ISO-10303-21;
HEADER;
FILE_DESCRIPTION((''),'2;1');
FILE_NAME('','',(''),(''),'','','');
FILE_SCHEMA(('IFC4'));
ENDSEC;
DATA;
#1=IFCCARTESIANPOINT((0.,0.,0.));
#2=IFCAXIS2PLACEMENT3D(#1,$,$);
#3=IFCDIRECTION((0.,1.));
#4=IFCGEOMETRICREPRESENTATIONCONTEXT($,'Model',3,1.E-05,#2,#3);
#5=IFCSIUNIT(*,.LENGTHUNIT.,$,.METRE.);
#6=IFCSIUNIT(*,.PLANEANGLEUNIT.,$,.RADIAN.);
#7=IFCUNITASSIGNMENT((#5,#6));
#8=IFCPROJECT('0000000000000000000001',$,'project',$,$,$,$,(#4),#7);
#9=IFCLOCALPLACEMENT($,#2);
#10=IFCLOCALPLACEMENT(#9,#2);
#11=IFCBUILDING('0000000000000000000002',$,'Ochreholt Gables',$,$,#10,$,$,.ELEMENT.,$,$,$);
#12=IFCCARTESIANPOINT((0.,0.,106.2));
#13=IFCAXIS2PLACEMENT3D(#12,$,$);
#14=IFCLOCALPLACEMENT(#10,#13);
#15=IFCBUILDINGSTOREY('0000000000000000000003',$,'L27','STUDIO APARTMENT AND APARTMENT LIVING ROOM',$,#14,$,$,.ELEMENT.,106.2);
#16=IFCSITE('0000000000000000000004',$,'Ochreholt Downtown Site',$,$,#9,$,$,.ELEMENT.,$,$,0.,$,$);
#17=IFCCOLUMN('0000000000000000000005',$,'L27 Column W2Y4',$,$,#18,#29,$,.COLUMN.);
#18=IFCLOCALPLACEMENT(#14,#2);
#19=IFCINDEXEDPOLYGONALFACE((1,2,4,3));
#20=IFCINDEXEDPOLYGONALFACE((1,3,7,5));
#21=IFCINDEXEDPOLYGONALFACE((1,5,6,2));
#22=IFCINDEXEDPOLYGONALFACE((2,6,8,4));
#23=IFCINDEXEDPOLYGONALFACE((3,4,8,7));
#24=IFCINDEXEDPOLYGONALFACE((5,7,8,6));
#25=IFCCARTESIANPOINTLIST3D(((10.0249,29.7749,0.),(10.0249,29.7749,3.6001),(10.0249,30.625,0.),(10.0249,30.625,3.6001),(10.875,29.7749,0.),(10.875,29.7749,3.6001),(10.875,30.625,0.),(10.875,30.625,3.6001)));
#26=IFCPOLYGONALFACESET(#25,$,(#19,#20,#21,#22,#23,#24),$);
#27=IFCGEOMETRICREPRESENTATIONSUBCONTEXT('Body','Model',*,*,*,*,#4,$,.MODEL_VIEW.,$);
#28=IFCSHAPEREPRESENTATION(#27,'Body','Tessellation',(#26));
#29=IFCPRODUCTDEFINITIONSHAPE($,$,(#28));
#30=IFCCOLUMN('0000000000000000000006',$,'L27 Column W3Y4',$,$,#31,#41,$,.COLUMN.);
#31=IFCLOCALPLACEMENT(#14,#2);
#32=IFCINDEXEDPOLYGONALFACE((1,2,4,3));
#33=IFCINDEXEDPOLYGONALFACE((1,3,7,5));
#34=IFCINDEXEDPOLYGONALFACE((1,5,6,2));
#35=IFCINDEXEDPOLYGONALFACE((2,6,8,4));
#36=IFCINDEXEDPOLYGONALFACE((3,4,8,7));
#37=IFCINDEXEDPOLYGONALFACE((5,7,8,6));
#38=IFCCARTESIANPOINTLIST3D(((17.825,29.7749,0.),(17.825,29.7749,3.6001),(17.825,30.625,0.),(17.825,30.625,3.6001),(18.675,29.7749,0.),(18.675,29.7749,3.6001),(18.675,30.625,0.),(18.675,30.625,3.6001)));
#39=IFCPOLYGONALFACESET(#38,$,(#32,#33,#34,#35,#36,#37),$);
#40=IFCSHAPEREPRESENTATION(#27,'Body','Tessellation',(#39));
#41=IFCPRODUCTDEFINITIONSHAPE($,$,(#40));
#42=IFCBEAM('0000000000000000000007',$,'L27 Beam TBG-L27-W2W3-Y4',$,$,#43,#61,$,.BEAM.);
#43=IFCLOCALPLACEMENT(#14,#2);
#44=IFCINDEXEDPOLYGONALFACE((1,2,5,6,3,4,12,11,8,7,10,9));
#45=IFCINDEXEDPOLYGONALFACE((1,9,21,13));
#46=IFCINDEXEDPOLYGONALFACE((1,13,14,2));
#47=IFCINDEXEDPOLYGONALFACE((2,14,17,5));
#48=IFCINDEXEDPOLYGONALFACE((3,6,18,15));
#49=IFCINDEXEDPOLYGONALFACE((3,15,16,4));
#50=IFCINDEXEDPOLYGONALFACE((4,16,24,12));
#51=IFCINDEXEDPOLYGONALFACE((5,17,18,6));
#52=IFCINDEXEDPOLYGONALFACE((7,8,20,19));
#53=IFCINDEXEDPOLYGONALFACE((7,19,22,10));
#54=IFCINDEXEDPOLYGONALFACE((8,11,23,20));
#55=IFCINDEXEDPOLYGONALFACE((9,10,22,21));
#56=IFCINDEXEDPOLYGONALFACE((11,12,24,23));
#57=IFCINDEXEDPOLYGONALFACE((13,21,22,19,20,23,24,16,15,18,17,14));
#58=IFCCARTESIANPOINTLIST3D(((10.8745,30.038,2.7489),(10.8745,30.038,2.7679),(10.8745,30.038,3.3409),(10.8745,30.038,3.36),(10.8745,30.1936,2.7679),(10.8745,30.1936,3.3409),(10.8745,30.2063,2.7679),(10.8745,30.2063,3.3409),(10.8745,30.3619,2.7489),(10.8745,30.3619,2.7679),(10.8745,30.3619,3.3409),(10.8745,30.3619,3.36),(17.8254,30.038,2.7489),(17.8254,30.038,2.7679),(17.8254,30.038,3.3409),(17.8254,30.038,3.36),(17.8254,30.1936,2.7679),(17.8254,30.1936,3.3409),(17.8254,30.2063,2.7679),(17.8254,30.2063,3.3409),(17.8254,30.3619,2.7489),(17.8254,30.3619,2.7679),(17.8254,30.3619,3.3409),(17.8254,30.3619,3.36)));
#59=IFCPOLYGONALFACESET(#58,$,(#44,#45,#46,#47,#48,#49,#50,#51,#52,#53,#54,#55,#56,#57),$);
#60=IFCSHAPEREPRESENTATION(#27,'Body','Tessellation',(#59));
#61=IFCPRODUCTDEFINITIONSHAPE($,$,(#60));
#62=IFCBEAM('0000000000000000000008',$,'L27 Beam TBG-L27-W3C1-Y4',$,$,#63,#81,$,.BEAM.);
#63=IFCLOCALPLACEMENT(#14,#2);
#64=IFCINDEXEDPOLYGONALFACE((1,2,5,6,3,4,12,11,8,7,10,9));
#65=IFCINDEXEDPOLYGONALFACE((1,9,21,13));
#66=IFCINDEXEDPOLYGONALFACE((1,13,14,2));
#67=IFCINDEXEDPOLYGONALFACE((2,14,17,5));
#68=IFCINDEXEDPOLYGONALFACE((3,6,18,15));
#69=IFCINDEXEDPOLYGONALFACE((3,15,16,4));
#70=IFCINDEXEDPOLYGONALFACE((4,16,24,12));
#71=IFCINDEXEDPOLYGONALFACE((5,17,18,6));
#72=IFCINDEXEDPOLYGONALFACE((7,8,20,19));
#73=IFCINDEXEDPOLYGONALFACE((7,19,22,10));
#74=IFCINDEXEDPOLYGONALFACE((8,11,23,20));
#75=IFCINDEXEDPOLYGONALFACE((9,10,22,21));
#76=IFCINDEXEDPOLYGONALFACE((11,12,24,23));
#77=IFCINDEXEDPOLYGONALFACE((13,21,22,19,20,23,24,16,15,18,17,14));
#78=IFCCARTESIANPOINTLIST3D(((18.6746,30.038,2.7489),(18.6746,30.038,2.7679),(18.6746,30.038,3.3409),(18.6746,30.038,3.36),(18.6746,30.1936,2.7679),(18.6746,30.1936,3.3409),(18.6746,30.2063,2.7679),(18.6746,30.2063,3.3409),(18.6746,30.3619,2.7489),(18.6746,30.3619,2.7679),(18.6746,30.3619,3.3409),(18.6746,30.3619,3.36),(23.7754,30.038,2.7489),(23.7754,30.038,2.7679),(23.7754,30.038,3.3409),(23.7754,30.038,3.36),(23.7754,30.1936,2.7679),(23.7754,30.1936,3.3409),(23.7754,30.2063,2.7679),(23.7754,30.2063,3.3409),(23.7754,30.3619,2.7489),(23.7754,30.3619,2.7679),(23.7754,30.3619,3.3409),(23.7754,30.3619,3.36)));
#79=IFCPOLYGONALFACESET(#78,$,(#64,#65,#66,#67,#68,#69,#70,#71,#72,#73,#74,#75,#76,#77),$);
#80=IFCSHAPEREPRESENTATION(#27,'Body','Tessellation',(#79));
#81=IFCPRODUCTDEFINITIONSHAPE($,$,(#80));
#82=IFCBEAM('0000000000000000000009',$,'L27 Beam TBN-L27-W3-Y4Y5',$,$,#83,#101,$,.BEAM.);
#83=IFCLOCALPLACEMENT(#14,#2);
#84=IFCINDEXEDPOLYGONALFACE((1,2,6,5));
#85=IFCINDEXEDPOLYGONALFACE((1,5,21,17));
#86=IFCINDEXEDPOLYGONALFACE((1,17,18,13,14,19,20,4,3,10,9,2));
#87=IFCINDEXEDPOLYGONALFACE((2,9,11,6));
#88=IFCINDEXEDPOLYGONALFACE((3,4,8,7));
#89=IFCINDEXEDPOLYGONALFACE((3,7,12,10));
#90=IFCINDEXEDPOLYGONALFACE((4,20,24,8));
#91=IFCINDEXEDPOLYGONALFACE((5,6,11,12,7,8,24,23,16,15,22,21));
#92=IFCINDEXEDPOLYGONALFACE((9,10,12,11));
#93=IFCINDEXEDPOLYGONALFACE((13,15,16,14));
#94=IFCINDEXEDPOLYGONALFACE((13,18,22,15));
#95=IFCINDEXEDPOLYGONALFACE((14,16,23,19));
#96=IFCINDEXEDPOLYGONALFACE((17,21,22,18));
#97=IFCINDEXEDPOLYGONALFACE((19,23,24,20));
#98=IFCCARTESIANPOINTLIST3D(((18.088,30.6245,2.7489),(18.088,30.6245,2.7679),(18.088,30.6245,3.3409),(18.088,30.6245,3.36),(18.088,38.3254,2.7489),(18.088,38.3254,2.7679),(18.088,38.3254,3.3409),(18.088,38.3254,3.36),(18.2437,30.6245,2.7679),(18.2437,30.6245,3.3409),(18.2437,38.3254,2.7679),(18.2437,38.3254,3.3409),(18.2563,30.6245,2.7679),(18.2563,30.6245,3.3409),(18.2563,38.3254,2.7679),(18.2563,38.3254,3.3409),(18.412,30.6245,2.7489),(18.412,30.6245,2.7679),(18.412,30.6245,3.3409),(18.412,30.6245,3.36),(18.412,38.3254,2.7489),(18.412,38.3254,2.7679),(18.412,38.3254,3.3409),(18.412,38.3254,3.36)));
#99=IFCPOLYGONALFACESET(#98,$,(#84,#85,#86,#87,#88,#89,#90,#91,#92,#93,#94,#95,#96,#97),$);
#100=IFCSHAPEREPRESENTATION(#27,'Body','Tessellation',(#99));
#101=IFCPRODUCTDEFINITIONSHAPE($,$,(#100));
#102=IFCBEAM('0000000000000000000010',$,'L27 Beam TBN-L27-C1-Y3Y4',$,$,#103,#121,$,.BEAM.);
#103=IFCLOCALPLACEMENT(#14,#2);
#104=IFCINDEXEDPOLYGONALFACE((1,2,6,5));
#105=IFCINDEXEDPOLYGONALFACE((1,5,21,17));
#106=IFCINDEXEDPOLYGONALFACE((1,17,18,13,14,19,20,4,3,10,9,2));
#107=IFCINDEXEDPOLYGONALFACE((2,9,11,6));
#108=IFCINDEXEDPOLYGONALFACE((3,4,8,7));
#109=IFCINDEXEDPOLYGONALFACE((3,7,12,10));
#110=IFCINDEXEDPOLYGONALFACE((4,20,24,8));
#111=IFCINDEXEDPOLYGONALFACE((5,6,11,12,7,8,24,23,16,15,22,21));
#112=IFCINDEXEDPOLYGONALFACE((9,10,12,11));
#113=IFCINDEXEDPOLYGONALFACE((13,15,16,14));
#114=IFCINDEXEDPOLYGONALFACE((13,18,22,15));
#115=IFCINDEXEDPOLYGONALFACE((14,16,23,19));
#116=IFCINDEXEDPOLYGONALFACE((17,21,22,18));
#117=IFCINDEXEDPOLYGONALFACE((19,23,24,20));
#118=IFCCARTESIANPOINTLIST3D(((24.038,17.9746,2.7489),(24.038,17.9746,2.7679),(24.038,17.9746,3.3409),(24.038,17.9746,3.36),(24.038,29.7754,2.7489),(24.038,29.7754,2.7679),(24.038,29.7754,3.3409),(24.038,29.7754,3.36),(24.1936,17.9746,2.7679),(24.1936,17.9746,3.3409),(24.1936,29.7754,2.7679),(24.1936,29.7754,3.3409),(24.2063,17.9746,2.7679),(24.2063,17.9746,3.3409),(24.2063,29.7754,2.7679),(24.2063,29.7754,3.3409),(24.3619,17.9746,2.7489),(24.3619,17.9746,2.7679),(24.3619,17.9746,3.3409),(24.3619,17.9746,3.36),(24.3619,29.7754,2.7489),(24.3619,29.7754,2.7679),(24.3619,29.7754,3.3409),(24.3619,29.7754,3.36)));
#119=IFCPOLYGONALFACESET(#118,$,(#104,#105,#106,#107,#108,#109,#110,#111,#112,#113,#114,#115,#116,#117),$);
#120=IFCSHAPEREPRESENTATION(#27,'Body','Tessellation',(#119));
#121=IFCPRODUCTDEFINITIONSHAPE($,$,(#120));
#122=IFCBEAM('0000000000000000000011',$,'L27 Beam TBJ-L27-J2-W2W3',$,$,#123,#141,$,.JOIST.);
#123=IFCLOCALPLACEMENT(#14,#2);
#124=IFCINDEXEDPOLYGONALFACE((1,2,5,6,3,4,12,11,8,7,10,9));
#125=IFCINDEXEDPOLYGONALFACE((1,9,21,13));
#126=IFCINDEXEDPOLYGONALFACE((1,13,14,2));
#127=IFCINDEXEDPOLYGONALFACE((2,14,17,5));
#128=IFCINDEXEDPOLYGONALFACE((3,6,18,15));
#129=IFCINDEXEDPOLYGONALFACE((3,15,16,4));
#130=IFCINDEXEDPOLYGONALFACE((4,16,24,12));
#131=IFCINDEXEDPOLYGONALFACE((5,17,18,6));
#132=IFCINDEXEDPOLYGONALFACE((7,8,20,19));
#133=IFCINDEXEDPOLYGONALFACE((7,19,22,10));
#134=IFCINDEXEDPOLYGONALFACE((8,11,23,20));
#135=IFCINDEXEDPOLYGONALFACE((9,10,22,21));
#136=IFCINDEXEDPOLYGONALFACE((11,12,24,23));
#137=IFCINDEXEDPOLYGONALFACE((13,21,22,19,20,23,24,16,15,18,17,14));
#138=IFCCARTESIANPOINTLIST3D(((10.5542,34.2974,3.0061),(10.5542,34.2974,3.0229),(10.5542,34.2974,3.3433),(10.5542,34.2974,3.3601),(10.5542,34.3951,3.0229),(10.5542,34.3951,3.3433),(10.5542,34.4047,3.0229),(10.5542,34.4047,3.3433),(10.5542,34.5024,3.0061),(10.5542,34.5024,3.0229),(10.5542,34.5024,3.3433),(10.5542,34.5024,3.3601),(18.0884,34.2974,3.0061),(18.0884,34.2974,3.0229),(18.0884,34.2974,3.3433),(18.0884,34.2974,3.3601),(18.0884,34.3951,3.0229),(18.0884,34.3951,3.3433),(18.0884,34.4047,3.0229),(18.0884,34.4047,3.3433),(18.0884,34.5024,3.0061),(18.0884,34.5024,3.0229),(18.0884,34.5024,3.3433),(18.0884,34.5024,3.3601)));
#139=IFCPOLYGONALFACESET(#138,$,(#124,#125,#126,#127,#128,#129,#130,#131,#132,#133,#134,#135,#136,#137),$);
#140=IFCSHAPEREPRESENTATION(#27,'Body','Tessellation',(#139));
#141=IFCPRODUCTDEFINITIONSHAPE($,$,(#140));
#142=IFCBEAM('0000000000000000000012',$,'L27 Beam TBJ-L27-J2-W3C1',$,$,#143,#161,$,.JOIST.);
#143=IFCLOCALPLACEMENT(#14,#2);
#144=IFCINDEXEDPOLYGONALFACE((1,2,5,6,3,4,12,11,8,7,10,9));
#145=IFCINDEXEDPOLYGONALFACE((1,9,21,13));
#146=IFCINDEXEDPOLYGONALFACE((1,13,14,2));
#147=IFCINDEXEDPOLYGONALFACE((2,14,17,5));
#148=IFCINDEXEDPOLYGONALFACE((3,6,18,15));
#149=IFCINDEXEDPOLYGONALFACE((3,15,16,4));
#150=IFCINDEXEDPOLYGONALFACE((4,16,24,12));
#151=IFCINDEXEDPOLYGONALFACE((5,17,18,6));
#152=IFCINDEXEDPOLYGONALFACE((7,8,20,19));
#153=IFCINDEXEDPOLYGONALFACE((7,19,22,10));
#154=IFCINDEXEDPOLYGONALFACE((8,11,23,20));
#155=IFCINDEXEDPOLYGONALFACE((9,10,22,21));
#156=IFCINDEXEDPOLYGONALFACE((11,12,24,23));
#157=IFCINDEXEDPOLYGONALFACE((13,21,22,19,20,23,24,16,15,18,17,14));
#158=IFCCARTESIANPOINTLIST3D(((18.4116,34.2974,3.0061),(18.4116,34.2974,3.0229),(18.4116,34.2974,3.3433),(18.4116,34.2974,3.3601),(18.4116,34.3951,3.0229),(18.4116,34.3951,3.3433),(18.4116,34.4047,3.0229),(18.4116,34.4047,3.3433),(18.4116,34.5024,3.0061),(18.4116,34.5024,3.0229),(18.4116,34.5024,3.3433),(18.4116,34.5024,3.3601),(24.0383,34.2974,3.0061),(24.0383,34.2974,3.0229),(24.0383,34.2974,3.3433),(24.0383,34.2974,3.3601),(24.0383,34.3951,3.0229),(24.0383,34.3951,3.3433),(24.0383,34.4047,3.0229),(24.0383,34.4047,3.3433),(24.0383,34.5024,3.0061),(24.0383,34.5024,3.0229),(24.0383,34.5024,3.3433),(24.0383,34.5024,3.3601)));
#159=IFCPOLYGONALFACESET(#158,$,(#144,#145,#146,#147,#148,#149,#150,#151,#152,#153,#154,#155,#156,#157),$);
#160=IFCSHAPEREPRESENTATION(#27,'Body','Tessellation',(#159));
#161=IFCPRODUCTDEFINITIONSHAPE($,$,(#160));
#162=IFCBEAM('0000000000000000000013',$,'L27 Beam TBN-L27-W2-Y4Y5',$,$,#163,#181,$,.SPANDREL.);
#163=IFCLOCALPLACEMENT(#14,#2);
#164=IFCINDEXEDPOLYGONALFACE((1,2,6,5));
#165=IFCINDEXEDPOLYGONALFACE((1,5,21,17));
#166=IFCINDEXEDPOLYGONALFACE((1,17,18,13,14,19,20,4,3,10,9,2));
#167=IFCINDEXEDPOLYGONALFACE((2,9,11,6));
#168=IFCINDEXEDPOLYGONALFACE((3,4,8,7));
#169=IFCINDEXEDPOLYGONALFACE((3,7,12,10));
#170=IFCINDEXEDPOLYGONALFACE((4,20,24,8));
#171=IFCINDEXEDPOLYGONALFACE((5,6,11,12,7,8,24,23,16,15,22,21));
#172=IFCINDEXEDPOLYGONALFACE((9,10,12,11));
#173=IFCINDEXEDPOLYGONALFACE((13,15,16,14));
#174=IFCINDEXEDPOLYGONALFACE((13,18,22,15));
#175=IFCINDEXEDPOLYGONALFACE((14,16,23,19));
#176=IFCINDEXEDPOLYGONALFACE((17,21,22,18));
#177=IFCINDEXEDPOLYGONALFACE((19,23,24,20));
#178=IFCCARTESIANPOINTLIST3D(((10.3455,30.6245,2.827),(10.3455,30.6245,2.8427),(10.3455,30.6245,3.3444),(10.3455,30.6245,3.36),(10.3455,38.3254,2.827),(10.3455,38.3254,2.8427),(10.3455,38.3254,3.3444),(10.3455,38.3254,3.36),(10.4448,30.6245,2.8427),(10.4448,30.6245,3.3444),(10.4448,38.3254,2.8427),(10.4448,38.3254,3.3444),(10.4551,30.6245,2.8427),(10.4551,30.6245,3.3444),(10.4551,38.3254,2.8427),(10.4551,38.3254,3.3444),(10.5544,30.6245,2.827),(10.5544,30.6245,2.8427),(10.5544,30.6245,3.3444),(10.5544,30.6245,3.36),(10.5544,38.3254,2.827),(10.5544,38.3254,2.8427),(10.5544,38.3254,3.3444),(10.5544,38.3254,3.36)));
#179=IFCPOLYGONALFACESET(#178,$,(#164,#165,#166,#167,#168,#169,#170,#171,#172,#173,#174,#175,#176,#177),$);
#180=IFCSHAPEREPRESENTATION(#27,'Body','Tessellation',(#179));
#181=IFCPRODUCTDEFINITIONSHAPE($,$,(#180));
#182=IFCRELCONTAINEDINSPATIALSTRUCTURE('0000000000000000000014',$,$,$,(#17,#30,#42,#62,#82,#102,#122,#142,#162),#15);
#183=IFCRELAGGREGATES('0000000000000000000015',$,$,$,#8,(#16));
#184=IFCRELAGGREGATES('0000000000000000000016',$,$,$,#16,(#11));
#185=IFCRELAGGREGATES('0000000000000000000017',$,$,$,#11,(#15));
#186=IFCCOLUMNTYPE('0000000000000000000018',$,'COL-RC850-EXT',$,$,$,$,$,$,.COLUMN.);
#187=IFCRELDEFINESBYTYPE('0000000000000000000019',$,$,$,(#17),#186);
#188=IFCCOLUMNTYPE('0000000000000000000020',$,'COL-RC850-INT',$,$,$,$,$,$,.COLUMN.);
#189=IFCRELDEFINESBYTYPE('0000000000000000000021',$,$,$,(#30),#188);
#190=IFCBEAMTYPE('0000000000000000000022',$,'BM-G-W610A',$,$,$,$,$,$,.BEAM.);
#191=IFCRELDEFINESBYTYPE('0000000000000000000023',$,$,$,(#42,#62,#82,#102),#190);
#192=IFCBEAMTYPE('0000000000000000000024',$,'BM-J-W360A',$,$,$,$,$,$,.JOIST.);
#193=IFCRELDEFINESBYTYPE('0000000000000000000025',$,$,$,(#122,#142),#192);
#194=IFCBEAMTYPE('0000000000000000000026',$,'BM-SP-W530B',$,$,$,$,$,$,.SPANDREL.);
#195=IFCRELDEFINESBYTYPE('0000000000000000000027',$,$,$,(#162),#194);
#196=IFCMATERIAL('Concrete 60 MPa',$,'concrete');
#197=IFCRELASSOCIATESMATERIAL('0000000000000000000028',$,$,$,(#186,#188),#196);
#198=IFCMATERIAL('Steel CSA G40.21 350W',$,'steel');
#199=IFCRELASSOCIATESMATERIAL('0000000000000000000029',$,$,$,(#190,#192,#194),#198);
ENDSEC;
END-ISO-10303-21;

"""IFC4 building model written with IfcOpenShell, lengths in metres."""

from ifc_helpers import new_model, si_unit, direction, frame, origin, origin_2d, place, context, subcontext, project, spatial, rectangle, i_section, extrude, material, material_profile, profile_set, type_object, element, save


model = new_model("IFC4")

# Units and contexts
model_context = context("Model", 3, precision=1e-05, world=origin(), true_north=direction((0.0, 1.0)))
body_context = subcontext(model_context, "Body", "Model", "MODEL_VIEW")
ifc_project = project(units=[si_unit("LENGTHUNIT", "METRE"), si_unit("PLANEANGLEUNIT", "RADIAN")], contexts=[model_context])

# Site, building, storey
site_placement = place(None, origin())
site = spatial("IfcSite", under=ifc_project, at=site_placement, Name="Ochreholt Downtown Site", CompositionType="ELEMENT", RefElevation=0.0)
building_placement = place(site_placement, origin())
building = spatial("IfcBuilding", under=site, at=building_placement, Name="Ochreholt Gables", CompositionType="ELEMENT")
storey_placement = place(building_placement, frame((0.0, 0.0, 106.2)))
storey = spatial("IfcBuildingStorey", under=building, at=storey_placement, Name="L27", Description="STUDIO APARTMENT AND APARTMENT LIVING ROOM", CompositionType="ELEMENT", Elevation=106.2)

# Columns
ifc_material_1 = material(Name="Concrete 60 MPa", Category="concrete")
ifc_material_profile_1 = material_profile(ifc_material_1, rectangle(XDim=0.8501, YDim=0.8501, at=origin_2d()), Name="RC850X850")
ifc_profile_set_1 = profile_set([ifc_material_profile_1], Name="Concrete 60 MPa")
column_type_1 = type_object("IfcColumnType", Name="COL-RC850-EXT", PredefinedType="COLUMN", material=ifc_profile_set_1)
column_1_placement = place(storey_placement, frame((10.45, 30.2, 0.0), z_axis=(0.0, 0.0, 1.0), x_axis=(1.0, 0.0, 0.0)))
element("IfcColumn", 1, at=column_1_placement, inside=storey, type_object=column_type_1, Name="L27 Column W2Y4", PredefinedType="COLUMN", context=body_context, shape_type="SweptSolid", body=[
    extrude(rectangle(XDim=0.8501, YDim=0.8501, at=origin_2d()), origin(), (0.0, 0.0, 1.0), 3.6001),
])
ifc_material_profile_2 = material_profile(ifc_material_1, rectangle(XDim=0.8501, YDim=0.8501, at=origin_2d()), Name="RC850X850")
ifc_profile_set_2 = profile_set([ifc_material_profile_2], Name="Concrete 60 MPa")
column_type_2 = type_object("IfcColumnType", Name="COL-RC850-INT", PredefinedType="COLUMN", material=ifc_profile_set_2)
column_2_placement = place(storey_placement, frame((18.25, 30.2, 0.0), z_axis=(0.0, 0.0, 1.0), x_axis=(1.0, 0.0, 0.0)))
element("IfcColumn", 2, at=column_2_placement, inside=storey, type_object=column_type_2, Name="L27 Column W3Y4", PredefinedType="COLUMN", context=body_context, shape_type="SweptSolid", body=[
    extrude(rectangle(XDim=0.8501, YDim=0.8501, at=origin_2d()), origin(), (0.0, 0.0, 1.0), 3.6001),
])

# Beams
ifc_material_2 = material(Name="Steel CSA G40.21 350W", Category="steel")
ifc_material_profile_3 = material_profile(ifc_material_2, i_section(OverallWidth=0.324, OverallDepth=0.6111, WebThickness=0.0127, FlangeThickness=0.019, at=origin_2d()), Name="W610X155")
ifc_profile_set_3 = profile_set([ifc_material_profile_3], Name="Steel CSA G40.21 350W")
beam_type_1 = type_object("IfcBeamType", Name="BM-G-W610A", PredefinedType="BEAM", material=ifc_profile_set_3)
beam_1_placement = place(storey_placement, frame((10.8745, 30.2, 3.0544), z_axis=(1.0, 0.0, 0.0), x_axis=(0.0, 1.0, 0.0)))
element("IfcBeam", 3, at=beam_1_placement, inside=storey, type_object=beam_type_1, Name="L27 Beam TBG-L27-W2W3-Y4", PredefinedType="BEAM", context=body_context, shape_type="SweptSolid", body=[
    extrude(i_section(OverallWidth=0.324, OverallDepth=0.6111, WebThickness=0.0127, FlangeThickness=0.019, at=origin_2d()), origin(), (0.0, 0.0, 1.0), 6.9509),
])
beam_2_placement = place(storey_placement, frame((18.6746, 30.2, 3.0544), z_axis=(1.0, 0.0, 0.0), x_axis=(0.0, 1.0, 0.0)))
element("IfcBeam", 4, at=beam_2_placement, inside=storey, type_object=beam_type_1, Name="L27 Beam TBG-L27-W3C1-Y4", PredefinedType="BEAM", context=body_context, shape_type="SweptSolid", body=[
    extrude(i_section(OverallWidth=0.324, OverallDepth=0.6111, WebThickness=0.0127, FlangeThickness=0.019, at=origin_2d()), origin(), (0.0, 0.0, 1.0), 5.1008),
])
beam_3_placement = place(storey_placement, frame((18.25, 30.6245, 3.0544), z_axis=(0.0, 1.0, 0.0), x_axis=(-1.0, 0.0, 0.0)))
element("IfcBeam", 5, at=beam_3_placement, inside=storey, type_object=beam_type_1, Name="L27 Beam TBN-L27-W3-Y4Y5", PredefinedType="BEAM", context=body_context, shape_type="SweptSolid", body=[
    extrude(i_section(OverallWidth=0.324, OverallDepth=0.6111, WebThickness=0.0127, FlangeThickness=0.019, at=origin_2d()), origin(), (0.0, 0.0, 1.0), 7.7009),
])
beam_4_placement = place(storey_placement, frame((24.2, 17.9746, 3.0544), z_axis=(0.0, 1.0, 0.0), x_axis=(-1.0, 0.0, 0.0)))
element("IfcBeam", 6, at=beam_4_placement, inside=storey, type_object=beam_type_1, Name="L27 Beam TBN-L27-C1-Y3Y4", PredefinedType="BEAM", context=body_context, shape_type="SweptSolid", body=[
    extrude(i_section(OverallWidth=0.324, OverallDepth=0.6111, WebThickness=0.0127, FlangeThickness=0.019, at=origin_2d()), origin(), (0.0, 0.0, 1.0), 11.8008),
])
ifc_material_profile_4 = material_profile(ifc_material_2, i_section(OverallWidth=0.2051, OverallDepth=0.354, WebThickness=0.0095, FlangeThickness=0.0168, at=origin_2d()), Name="W360X79")
ifc_profile_set_4 = profile_set([ifc_material_profile_4], Name="Steel CSA G40.21 350W")
beam_type_2 = type_object("IfcBeamType", Name="BM-J-W360A", PredefinedType="JOIST", material=ifc_profile_set_4)
beam_5_placement = place(storey_placement, frame((10.5542, 34.3999, 3.1831), z_axis=(1.0, 0.0, 0.0), x_axis=(0.0, 1.0, 0.0)))
element("IfcBeam", 7, at=beam_5_placement, inside=storey, type_object=beam_type_2, Name="L27 Beam TBJ-L27-J2-W2W3", PredefinedType="JOIST", context=body_context, shape_type="SweptSolid", body=[
    extrude(i_section(OverallWidth=0.2051, OverallDepth=0.354, WebThickness=0.0095, FlangeThickness=0.0168, at=origin_2d()), origin(), (0.0, 0.0, 1.0), 7.5342),
])
beam_6_placement = place(storey_placement, frame((18.4116, 34.3999, 3.1831), z_axis=(1.0, 0.0, 0.0), x_axis=(0.0, 1.0, 0.0)))
element("IfcBeam", 8, at=beam_6_placement, inside=storey, type_object=beam_type_2, Name="L27 Beam TBJ-L27-J2-W3C1", PredefinedType="JOIST", context=body_context, shape_type="SweptSolid", body=[
    extrude(i_section(OverallWidth=0.2051, OverallDepth=0.354, WebThickness=0.0095, FlangeThickness=0.0168, at=origin_2d()), origin(), (0.0, 0.0, 1.0), 5.6267),
])
ifc_material_profile_5 = material_profile(ifc_material_2, i_section(OverallWidth=0.209, OverallDepth=0.533, WebThickness=0.0103, FlangeThickness=0.0156, at=origin_2d()), Name="W530X92")
ifc_profile_set_5 = profile_set([ifc_material_profile_5], Name="Steel CSA G40.21 350W")
beam_type_3 = type_object("IfcBeamType", Name="BM-SP-W530B", PredefinedType="SPANDREL", material=ifc_profile_set_5)
beam_7_placement = place(storey_placement, frame((10.45, 30.6245, 3.0935), z_axis=(0.0, 1.0, 0.0), x_axis=(-1.0, 0.0, 0.0)))
element("IfcBeam", 9, at=beam_7_placement, inside=storey, type_object=beam_type_3, Name="L27 Beam TBN-L27-W2-Y4Y5", PredefinedType="SPANDREL", context=body_context, shape_type="SweptSolid", body=[
    extrude(i_section(OverallWidth=0.209, OverallDepth=0.533, WebThickness=0.0103, FlangeThickness=0.0156, at=origin_2d()), origin(), (0.0, 0.0, 1.0), 7.7009),
])

save(model, "model.ifc")
